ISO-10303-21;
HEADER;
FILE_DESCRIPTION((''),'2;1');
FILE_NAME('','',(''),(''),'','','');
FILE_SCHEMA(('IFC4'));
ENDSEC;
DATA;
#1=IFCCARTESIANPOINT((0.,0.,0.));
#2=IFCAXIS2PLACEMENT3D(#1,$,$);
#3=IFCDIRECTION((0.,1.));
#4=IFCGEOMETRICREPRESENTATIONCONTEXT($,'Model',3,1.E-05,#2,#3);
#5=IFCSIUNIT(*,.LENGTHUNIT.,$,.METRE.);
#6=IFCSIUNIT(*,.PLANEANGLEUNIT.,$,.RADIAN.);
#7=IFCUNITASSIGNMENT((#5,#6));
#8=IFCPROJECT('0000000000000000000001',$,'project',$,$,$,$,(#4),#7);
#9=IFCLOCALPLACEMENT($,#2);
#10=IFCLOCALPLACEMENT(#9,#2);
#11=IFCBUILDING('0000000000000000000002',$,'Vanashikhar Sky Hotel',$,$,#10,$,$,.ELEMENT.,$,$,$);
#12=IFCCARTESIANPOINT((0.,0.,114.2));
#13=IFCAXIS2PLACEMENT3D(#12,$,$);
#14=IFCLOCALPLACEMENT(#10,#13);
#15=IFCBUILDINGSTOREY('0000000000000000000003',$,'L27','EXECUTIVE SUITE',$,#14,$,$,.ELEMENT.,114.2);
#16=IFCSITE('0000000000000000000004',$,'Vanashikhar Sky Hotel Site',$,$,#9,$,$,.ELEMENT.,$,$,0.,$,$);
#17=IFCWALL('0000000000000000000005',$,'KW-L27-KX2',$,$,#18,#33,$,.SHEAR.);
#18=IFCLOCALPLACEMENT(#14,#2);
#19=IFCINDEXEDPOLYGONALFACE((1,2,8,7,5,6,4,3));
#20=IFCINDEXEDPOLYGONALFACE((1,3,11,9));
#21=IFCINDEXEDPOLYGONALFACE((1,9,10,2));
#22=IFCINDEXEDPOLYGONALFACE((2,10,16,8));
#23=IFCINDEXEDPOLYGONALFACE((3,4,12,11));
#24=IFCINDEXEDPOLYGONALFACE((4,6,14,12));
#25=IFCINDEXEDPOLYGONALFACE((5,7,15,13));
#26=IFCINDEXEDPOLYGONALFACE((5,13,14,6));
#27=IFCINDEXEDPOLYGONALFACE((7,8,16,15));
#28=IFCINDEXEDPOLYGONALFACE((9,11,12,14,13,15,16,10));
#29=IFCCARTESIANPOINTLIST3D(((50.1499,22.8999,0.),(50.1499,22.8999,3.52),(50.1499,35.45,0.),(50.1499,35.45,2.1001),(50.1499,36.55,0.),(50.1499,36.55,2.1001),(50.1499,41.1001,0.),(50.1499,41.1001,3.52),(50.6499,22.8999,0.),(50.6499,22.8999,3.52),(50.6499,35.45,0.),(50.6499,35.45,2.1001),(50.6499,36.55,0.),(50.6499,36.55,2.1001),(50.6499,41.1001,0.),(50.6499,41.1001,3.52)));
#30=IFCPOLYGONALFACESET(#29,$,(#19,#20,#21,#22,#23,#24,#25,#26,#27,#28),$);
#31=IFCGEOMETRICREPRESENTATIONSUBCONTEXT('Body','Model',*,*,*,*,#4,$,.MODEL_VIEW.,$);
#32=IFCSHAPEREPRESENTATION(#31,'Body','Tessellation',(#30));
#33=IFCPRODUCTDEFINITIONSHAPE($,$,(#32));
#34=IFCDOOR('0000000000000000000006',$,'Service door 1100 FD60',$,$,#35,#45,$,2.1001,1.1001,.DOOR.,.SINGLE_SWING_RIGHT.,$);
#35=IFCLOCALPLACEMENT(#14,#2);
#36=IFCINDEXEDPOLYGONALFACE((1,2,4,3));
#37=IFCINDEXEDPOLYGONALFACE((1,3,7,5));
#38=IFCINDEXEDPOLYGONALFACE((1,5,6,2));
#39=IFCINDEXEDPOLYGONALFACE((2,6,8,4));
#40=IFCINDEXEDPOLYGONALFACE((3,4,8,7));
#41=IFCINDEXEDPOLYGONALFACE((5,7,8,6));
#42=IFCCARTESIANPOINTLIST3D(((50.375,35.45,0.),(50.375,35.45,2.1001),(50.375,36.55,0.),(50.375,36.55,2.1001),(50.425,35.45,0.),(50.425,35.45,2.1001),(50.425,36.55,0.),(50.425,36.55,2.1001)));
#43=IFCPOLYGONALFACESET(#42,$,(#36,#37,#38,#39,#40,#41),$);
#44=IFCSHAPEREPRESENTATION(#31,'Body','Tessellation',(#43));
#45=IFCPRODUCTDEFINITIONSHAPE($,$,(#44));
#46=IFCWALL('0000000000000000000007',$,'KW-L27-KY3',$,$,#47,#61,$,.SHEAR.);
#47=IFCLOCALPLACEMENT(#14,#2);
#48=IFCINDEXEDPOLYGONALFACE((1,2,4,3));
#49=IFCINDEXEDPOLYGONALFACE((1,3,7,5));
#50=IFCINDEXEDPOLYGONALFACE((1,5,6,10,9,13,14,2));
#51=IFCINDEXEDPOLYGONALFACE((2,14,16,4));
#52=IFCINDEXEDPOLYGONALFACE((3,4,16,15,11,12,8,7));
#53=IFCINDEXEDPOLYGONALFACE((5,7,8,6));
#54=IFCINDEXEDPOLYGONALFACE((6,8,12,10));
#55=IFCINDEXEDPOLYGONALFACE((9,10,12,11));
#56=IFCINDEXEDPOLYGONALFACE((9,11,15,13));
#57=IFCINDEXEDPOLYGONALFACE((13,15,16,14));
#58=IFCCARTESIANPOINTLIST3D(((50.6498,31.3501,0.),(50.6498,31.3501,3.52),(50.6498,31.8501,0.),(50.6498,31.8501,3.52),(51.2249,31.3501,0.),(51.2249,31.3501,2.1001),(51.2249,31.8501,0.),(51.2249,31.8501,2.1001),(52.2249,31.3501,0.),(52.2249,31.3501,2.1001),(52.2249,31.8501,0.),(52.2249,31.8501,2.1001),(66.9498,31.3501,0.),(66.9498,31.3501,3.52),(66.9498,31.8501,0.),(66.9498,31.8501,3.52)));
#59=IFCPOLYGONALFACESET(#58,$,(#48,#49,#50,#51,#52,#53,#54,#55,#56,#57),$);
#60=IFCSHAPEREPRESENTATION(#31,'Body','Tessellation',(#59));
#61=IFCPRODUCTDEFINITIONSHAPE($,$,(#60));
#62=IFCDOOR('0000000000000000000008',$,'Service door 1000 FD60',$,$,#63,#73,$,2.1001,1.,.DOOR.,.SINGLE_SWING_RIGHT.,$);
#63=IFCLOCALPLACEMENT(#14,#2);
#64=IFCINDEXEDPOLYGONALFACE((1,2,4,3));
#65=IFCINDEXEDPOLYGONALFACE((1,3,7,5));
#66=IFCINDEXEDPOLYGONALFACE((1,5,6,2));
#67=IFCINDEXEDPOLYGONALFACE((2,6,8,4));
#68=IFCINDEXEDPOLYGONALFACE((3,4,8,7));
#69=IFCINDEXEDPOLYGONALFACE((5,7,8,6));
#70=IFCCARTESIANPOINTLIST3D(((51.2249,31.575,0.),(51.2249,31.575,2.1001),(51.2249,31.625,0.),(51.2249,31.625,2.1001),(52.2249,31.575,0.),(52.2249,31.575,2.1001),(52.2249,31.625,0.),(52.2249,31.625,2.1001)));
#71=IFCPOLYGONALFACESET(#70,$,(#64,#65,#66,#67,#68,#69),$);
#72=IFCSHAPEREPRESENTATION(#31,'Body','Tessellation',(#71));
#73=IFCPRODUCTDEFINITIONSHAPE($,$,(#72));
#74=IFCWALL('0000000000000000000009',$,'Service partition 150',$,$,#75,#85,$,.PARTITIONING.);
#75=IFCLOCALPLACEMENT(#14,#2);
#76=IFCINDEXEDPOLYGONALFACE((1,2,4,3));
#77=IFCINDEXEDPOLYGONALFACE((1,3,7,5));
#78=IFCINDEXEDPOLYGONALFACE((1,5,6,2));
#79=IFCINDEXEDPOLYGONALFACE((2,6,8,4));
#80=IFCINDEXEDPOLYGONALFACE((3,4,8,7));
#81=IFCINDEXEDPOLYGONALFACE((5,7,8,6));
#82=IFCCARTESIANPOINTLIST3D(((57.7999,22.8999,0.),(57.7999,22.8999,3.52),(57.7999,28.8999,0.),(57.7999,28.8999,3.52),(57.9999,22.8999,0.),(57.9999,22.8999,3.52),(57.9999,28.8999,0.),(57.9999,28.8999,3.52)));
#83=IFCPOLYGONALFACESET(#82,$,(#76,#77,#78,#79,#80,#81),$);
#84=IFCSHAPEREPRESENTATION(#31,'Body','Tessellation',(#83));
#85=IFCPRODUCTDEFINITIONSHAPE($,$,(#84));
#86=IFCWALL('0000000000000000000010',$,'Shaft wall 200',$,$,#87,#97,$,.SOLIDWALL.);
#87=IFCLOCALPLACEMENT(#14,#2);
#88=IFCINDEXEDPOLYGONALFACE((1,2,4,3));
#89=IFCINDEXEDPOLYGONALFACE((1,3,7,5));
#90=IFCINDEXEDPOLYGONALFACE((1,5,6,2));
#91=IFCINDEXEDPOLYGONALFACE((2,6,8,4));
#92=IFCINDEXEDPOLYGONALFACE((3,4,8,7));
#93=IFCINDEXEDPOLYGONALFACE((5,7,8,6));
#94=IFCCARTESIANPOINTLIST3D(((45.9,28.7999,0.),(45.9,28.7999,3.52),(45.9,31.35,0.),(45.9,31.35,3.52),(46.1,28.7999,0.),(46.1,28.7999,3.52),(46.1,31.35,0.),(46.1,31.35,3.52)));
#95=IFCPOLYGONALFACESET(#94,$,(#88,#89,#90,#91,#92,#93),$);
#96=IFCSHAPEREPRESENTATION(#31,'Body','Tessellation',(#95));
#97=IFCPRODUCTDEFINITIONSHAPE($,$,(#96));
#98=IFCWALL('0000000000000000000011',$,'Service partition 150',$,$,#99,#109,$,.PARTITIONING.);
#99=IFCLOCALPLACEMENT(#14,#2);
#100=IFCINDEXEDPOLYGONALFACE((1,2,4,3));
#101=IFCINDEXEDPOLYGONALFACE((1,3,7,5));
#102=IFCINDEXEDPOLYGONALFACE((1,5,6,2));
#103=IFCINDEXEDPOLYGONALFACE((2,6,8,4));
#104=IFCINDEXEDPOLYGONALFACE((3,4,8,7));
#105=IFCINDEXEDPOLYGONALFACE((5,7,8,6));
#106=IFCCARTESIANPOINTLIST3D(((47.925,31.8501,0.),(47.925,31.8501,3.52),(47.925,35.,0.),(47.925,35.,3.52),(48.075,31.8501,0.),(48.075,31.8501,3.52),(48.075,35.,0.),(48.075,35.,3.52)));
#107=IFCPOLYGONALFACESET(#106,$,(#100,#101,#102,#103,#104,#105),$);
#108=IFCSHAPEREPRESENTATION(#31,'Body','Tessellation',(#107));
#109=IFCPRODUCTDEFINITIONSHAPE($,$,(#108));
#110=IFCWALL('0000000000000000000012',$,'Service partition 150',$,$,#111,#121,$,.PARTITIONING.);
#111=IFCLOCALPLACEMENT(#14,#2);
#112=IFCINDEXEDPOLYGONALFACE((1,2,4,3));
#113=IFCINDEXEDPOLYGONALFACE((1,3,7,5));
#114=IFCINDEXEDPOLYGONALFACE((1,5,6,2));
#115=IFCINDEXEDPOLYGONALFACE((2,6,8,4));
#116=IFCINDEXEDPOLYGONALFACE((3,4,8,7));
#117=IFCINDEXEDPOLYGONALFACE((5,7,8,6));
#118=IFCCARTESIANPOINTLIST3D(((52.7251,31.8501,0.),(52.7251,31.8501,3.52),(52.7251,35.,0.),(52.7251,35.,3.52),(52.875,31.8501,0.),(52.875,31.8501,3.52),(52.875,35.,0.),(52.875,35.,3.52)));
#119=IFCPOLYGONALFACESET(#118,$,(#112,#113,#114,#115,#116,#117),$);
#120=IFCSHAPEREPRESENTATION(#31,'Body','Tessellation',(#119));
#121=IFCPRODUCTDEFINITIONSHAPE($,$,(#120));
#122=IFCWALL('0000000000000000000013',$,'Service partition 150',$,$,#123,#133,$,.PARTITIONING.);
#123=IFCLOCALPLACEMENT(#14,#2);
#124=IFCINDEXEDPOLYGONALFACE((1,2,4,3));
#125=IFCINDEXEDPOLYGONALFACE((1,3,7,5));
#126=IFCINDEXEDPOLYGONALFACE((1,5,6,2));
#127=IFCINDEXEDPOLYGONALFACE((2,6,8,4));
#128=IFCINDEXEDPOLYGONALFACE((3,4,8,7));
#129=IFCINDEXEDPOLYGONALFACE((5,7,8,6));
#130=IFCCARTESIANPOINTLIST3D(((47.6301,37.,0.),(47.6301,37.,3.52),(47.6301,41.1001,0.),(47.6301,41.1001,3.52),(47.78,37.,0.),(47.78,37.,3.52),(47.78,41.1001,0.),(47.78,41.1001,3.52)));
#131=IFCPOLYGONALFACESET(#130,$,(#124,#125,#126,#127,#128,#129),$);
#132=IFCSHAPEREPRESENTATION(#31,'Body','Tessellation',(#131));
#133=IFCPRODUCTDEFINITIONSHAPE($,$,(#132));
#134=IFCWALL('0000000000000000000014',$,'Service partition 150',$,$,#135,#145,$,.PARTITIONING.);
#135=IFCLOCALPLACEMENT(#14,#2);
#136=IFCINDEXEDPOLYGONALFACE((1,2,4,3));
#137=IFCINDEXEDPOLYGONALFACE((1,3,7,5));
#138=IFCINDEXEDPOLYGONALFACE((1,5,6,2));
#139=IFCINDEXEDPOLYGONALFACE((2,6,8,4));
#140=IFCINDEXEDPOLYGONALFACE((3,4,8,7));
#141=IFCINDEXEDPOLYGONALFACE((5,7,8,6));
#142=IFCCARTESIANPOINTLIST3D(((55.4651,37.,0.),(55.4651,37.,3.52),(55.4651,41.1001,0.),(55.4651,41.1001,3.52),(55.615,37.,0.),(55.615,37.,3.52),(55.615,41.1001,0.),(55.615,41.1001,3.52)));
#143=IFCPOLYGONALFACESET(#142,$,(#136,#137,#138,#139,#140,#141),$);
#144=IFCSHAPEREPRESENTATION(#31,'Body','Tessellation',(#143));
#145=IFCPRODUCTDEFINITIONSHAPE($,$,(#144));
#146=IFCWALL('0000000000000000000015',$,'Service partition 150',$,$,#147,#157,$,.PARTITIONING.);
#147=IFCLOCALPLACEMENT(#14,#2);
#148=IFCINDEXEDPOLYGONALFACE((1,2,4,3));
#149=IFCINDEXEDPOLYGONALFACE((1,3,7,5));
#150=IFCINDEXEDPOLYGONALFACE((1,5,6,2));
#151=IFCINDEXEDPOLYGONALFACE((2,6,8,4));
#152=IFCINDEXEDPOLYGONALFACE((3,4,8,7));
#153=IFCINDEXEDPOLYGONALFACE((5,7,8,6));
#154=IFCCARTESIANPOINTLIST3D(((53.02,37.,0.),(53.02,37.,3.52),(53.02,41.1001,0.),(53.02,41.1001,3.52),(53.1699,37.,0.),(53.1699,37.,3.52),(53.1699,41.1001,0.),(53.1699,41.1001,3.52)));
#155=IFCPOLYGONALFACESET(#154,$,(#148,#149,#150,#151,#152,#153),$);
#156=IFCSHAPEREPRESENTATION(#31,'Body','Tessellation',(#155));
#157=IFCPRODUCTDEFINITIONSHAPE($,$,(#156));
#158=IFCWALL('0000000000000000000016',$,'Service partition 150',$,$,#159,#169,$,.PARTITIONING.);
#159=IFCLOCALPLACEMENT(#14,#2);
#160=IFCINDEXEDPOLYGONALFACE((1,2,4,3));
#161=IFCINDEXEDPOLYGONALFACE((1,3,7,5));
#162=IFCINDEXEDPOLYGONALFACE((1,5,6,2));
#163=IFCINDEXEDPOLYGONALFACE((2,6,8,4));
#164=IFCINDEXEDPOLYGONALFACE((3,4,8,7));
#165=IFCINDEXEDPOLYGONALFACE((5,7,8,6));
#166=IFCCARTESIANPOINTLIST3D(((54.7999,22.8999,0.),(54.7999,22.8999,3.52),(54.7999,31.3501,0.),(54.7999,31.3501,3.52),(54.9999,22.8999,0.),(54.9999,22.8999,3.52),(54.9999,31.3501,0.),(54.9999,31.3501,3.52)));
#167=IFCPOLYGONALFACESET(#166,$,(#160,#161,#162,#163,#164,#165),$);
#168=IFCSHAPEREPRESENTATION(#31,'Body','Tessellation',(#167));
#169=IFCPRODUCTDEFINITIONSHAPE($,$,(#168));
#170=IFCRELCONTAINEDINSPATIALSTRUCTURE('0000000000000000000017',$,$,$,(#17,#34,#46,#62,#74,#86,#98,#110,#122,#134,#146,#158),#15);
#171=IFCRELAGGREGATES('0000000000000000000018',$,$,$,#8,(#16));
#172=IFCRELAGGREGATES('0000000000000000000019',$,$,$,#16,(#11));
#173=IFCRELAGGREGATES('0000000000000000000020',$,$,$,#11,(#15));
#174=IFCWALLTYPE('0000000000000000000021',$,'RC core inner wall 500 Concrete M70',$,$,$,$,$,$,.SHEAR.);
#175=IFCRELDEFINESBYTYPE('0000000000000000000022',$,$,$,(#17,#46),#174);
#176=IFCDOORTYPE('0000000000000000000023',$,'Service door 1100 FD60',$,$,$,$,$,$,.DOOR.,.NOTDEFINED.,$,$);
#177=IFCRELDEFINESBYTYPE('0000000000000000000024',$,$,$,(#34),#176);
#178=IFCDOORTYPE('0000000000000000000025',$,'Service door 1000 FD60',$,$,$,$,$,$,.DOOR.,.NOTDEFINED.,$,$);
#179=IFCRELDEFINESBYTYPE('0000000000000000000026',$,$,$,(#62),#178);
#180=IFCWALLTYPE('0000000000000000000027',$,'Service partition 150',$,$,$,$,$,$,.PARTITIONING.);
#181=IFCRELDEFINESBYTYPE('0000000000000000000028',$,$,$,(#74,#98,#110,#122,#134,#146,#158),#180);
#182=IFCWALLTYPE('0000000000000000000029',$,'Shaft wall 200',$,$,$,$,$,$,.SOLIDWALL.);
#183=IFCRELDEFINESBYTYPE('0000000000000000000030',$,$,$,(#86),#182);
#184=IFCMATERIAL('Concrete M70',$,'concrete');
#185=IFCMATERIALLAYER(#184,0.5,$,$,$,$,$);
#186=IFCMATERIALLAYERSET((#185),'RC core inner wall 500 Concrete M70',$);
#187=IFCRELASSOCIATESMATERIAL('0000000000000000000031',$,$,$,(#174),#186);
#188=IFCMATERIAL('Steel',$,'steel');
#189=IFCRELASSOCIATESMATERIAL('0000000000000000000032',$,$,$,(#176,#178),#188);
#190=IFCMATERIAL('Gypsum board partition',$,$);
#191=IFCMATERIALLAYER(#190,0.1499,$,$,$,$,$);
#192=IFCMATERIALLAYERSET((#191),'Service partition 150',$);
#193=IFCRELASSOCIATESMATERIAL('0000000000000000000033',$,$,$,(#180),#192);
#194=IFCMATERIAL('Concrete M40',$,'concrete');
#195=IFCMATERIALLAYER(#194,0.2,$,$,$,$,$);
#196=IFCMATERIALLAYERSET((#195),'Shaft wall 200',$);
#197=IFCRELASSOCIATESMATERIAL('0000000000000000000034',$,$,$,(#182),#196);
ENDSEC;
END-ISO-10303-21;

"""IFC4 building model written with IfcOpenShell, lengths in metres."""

from ifc_helpers import new_model, si_unit, direction, frame, frame_2d, origin, place, context, subcontext, project, spatial, rectangle, extrude, source, transform, mapped, material, layer, layer_set, type_object, element, fill, save


model = new_model("IFC4")

# Units and contexts
model_context = context("Model", 3, precision=1e-05, world=origin(), true_north=direction((0.0, 1.0)))
body_context = subcontext(model_context, "Body", "Model", "MODEL_VIEW")
ifc_project = project(units=[si_unit("LENGTHUNIT", "METRE"), si_unit("PLANEANGLEUNIT", "RADIAN")], contexts=[model_context])

# Site, building, storey
site_placement = place(None, origin())
site = spatial("IfcSite", under=ifc_project, at=site_placement, Name="Vanashikhar Sky Hotel Site", CompositionType="ELEMENT", RefElevation=0.0)
building_placement = place(site_placement, origin())
building = spatial("IfcBuilding", under=site, at=building_placement, Name="Vanashikhar Sky Hotel", CompositionType="ELEMENT")
storey_placement = place(building_placement, frame((0.0, 0.0, 114.2)))
storey = spatial("IfcBuildingStorey", under=building, at=storey_placement, Name="L27", Description="EXECUTIVE SUITE", CompositionType="ELEMENT", Elevation=114.2)

# Walls, openings, doors
ifc_material_1 = material(Name="Concrete M70", Category="concrete")
ifc_layer_1 = layer(ifc_material_1, 0.5)
ifc_layer_set_1 = layer_set([ifc_layer_1], Name="RC core inner wall 500 Concrete M70")
wall_type_1 = type_object("IfcWallType", Name="RC core inner wall 500 Concrete M70", PredefinedType="SHEAR", material=ifc_layer_set_1)
shared_shape_1 = source(origin(), body_context, "Body", "SweptSolid", [
    extrude(rectangle(XDim=18.2002, YDim=0.5, at=frame_2d((9.1001, 0.0))), origin(), (0.0, 0.0, 1.0), 3.52),
])
wall_1_placement = place(storey_placement, frame((50.3999, 22.8999, 0.0), z_axis=(0.0, 0.0, 1.0), x_axis=(0.0, 1.0, 0.0)))
wall_1 = element("IfcWall", 1, at=wall_1_placement, inside=storey, type_object=wall_type_1, Name="KW-L27-KX2", PredefinedType="SHEAR", context=body_context, shape_type="MappedRepresentation", body=[
    mapped(shared_shape_1, transform((0.0, 0.0, 0.0), scale=1.0)),
])
shared_shape_2 = source(origin(), body_context, "Body", "SweptSolid", [
    extrude(rectangle(XDim=1.1001, YDim=2.1001, at=frame_2d((0.55, 1.05))), frame((0.0, 0.26, 0.0), z_axis=(0.0, -1.0, 0.0), x_axis=(1.0, 0.0, 0.0)), (0.0, 0.0, 1.0), 0.52),
])
opening_1_placement = place(wall_1_placement, frame((12.55, 0.0, 0.0)))
opening_1 = element("IfcOpeningElement", 2, at=opening_1_placement, cuts=wall_1, PredefinedType="OPENING", context=body_context, shape_type="MappedRepresentation", body=[
    mapped(shared_shape_2, transform((0.0, 0.0, 0.0), scale=1.0)),
])
ifc_material_2 = material(Name="Steel", Category="steel")
door_type_1 = type_object("IfcDoorType", Name="Service door 1100 FD60", OperationType="NOTDEFINED", PredefinedType="DOOR", material=ifc_material_2)
shared_shape_3 = source(origin(), body_context, "Body", "SweptSolid", [
    extrude(rectangle(XDim=1.1001, YDim=2.1001, at=frame_2d((0.55, 1.05))), frame((0.0, 0.0249, 0.0), z_axis=(0.0, -1.0, 0.0), x_axis=(1.0, 0.0, 0.0)), (0.0, 0.0, 1.0), 0.05),
])
door_1_placement = place(opening_1_placement, origin())
door_1 = element("IfcDoor", 3, at=door_1_placement, inside=storey, type_object=door_type_1, Name="Service door 1100 FD60", OperationType="SINGLE_SWING_RIGHT", OverallHeight=2.1001, OverallWidth=1.1001, PredefinedType="DOOR", context=body_context, shape_type="MappedRepresentation", body=[
    mapped(shared_shape_3, transform((0.0, 0.0, 0.0), scale=1.0)),
])
fill(opening_1, door_1)
shared_shape_4 = source(origin(), body_context, "Body", "SweptSolid", [
    extrude(rectangle(XDim=16.3, YDim=0.5, at=frame_2d((8.1499, 0.0))), origin(), (0.0, 0.0, 1.0), 3.52),
])
wall_2_placement = place(storey_placement, frame((50.6499, 31.6001, 0.0), z_axis=(0.0, 0.0, 1.0), x_axis=(1.0, 0.0, 0.0)))
wall_2 = element("IfcWall", 4, at=wall_2_placement, inside=storey, type_object=wall_type_1, Name="KW-L27-KY3", PredefinedType="SHEAR", context=body_context, shape_type="MappedRepresentation", body=[
    mapped(shared_shape_4, transform((0.0, 0.0, 0.0), scale=1.0)),
])
shared_shape_5 = source(origin(), body_context, "Body", "SweptSolid", [
    extrude(rectangle(XDim=1.0, YDim=2.1001, at=frame_2d((0.5, 1.05))), frame((0.0, 0.26, 0.0), z_axis=(0.0, -1.0, 0.0), x_axis=(1.0, 0.0, 0.0)), (0.0, 0.0, 1.0), 0.52),
])
opening_2_placement = place(wall_2_placement, frame((0.575, 0.0, 0.0)))
opening_2 = element("IfcOpeningElement", 5, at=opening_2_placement, cuts=wall_2, PredefinedType="OPENING", context=body_context, shape_type="MappedRepresentation", body=[
    mapped(shared_shape_5, transform((0.0, 0.0, 0.0), scale=1.0)),
])
door_type_2 = type_object("IfcDoorType", Name="Service door 1000 FD60", OperationType="NOTDEFINED", PredefinedType="DOOR", material=ifc_material_2)
shared_shape_6 = source(origin(), body_context, "Body", "SweptSolid", [
    extrude(rectangle(XDim=1.0, YDim=2.1001, at=frame_2d((0.5, 1.05))), frame((0.0, 0.0249, 0.0), z_axis=(0.0, -1.0, 0.0), x_axis=(1.0, 0.0, 0.0)), (0.0, 0.0, 1.0), 0.05),
])
door_2_placement = place(opening_2_placement, origin())
door_2 = element("IfcDoor", 6, at=door_2_placement, inside=storey, type_object=door_type_2, Name="Service door 1000 FD60", OperationType="SINGLE_SWING_RIGHT", OverallHeight=2.1001, OverallWidth=1.0, PredefinedType="DOOR", context=body_context, shape_type="MappedRepresentation", body=[
    mapped(shared_shape_6, transform((0.0, 0.0, 0.0), scale=1.0)),
])
fill(opening_2, door_2)

# Walls
ifc_material_3 = material(Name="Gypsum board partition")
ifc_layer_2 = layer(ifc_material_3, 0.1499)
ifc_layer_set_2 = layer_set([ifc_layer_2], Name="Service partition 150")
wall_type_2 = type_object("IfcWallType", Name="Service partition 150", PredefinedType="PARTITIONING", material=ifc_layer_set_2)
shared_shape_7 = source(origin(), body_context, "Body", "SweptSolid", [
    extrude(rectangle(XDim=6.0, YDim=0.2, at=frame_2d((3.0, 0.0))), origin(), (0.0, 0.0, 1.0), 3.52),
])
wall_3_placement = place(storey_placement, frame((57.8999, 22.8999, 0.0), z_axis=(0.0, 0.0, 1.0), x_axis=(0.0, 1.0, 0.0)))
element("IfcWall", 7, at=wall_3_placement, inside=storey, type_object=wall_type_2, Name="Service partition 150", PredefinedType="PARTITIONING", context=body_context, shape_type="MappedRepresentation", body=[
    mapped(shared_shape_7, transform((0.0, 0.0, 0.0), scale=1.0)),
])
ifc_material_4 = material(Name="Concrete M40", Category="concrete")
ifc_layer_3 = layer(ifc_material_4, 0.2)
ifc_layer_set_3 = layer_set([ifc_layer_3], Name="Shaft wall 200")
wall_type_3 = type_object("IfcWallType", Name="Shaft wall 200", PredefinedType="SOLIDWALL", material=ifc_layer_set_3)
shared_shape_8 = source(origin(), body_context, "Body", "SweptSolid", [
    extrude(rectangle(XDim=2.55, YDim=0.2, at=frame_2d((1.2749, 0.0))), origin(), (0.0, 0.0, 1.0), 3.52),
])
wall_4_placement = place(storey_placement, frame((46.0, 28.8, 0.0), z_axis=(0.0, 0.0, 1.0), x_axis=(0.0, 1.0, 0.0)))
element("IfcWall", 8, at=wall_4_placement, inside=storey, type_object=wall_type_3, Name="Shaft wall 200", PredefinedType="SOLIDWALL", context=body_context, shape_type="MappedRepresentation", body=[
    mapped(shared_shape_8, transform((0.0, 0.0, 0.0), scale=1.0)),
])
shared_shape_9 = source(origin(), body_context, "Body", "SweptSolid", [
    extrude(rectangle(XDim=3.1499, YDim=0.1499, at=frame_2d((1.575, 0.0))), origin(), (0.0, 0.0, 1.0), 3.52),
])
for number, where, z_axis, x_axis, name in (
    (9, (48.0, 31.8501, 0.0), (0.0, 0.0, 1.0), (0.0, 1.0, 0.0), "Service partition 150"),
    (10, (52.8, 31.8501, 0.0), (0.0, 0.0, 1.0), (0.0, 1.0, 0.0), "Service partition 150"),
):
    element("IfcWall", number, at=place(storey_placement, frame(where, z_axis=z_axis, x_axis=x_axis)), inside=storey, type_object=wall_type_2, Name=name, PredefinedType="PARTITIONING", context=body_context, shape_type="MappedRepresentation", body=[
        mapped(shared_shape_9, transform((0.0, 0.0, 0.0), scale=1.0)),
    ])
shared_shape_10 = source(origin(), body_context, "Body", "SweptSolid", [
    extrude(rectangle(XDim=4.1001, YDim=0.1499, at=frame_2d((2.05, 0.0))), origin(), (0.0, 0.0, 1.0), 3.52),
])
for number, where, z_axis, x_axis, name in (
    (11, (47.7051, 37.0, 0.0), (0.0, 0.0, 1.0), (0.0, 1.0, 0.0), "Service partition 150"),
    (12, (55.54, 37.0, 0.0), (0.0, 0.0, 1.0), (0.0, 1.0, 0.0), "Service partition 150"),
    (13, (53.095, 37.0, 0.0), (0.0, 0.0, 1.0), (0.0, 1.0, 0.0), "Service partition 150"),
):
    element("IfcWall", number, at=place(storey_placement, frame(where, z_axis=z_axis, x_axis=x_axis)), inside=storey, type_object=wall_type_2, Name=name, PredefinedType="PARTITIONING", context=body_context, shape_type="MappedRepresentation", body=[
        mapped(shared_shape_10, transform((0.0, 0.0, 0.0), scale=1.0)),
    ])
shared_shape_11 = source(origin(), body_context, "Body", "SweptSolid", [
    extrude(rectangle(XDim=8.4502, YDim=0.2, at=frame_2d((4.2251, 0.0))), origin(), (0.0, 0.0, 1.0), 3.52),
])
wall_5_placement = place(storey_placement, frame((54.8999, 22.8999, 0.0), z_axis=(0.0, 0.0, 1.0), x_axis=(0.0, 1.0, 0.0)))
element("IfcWall", 14, at=wall_5_placement, inside=storey, type_object=wall_type_2, Name="Service partition 150", PredefinedType="PARTITIONING", context=body_context, shape_type="MappedRepresentation", body=[
    mapped(shared_shape_11, transform((0.0, 0.0, 0.0), scale=1.0)),
])

save(model, "model.ifc")
